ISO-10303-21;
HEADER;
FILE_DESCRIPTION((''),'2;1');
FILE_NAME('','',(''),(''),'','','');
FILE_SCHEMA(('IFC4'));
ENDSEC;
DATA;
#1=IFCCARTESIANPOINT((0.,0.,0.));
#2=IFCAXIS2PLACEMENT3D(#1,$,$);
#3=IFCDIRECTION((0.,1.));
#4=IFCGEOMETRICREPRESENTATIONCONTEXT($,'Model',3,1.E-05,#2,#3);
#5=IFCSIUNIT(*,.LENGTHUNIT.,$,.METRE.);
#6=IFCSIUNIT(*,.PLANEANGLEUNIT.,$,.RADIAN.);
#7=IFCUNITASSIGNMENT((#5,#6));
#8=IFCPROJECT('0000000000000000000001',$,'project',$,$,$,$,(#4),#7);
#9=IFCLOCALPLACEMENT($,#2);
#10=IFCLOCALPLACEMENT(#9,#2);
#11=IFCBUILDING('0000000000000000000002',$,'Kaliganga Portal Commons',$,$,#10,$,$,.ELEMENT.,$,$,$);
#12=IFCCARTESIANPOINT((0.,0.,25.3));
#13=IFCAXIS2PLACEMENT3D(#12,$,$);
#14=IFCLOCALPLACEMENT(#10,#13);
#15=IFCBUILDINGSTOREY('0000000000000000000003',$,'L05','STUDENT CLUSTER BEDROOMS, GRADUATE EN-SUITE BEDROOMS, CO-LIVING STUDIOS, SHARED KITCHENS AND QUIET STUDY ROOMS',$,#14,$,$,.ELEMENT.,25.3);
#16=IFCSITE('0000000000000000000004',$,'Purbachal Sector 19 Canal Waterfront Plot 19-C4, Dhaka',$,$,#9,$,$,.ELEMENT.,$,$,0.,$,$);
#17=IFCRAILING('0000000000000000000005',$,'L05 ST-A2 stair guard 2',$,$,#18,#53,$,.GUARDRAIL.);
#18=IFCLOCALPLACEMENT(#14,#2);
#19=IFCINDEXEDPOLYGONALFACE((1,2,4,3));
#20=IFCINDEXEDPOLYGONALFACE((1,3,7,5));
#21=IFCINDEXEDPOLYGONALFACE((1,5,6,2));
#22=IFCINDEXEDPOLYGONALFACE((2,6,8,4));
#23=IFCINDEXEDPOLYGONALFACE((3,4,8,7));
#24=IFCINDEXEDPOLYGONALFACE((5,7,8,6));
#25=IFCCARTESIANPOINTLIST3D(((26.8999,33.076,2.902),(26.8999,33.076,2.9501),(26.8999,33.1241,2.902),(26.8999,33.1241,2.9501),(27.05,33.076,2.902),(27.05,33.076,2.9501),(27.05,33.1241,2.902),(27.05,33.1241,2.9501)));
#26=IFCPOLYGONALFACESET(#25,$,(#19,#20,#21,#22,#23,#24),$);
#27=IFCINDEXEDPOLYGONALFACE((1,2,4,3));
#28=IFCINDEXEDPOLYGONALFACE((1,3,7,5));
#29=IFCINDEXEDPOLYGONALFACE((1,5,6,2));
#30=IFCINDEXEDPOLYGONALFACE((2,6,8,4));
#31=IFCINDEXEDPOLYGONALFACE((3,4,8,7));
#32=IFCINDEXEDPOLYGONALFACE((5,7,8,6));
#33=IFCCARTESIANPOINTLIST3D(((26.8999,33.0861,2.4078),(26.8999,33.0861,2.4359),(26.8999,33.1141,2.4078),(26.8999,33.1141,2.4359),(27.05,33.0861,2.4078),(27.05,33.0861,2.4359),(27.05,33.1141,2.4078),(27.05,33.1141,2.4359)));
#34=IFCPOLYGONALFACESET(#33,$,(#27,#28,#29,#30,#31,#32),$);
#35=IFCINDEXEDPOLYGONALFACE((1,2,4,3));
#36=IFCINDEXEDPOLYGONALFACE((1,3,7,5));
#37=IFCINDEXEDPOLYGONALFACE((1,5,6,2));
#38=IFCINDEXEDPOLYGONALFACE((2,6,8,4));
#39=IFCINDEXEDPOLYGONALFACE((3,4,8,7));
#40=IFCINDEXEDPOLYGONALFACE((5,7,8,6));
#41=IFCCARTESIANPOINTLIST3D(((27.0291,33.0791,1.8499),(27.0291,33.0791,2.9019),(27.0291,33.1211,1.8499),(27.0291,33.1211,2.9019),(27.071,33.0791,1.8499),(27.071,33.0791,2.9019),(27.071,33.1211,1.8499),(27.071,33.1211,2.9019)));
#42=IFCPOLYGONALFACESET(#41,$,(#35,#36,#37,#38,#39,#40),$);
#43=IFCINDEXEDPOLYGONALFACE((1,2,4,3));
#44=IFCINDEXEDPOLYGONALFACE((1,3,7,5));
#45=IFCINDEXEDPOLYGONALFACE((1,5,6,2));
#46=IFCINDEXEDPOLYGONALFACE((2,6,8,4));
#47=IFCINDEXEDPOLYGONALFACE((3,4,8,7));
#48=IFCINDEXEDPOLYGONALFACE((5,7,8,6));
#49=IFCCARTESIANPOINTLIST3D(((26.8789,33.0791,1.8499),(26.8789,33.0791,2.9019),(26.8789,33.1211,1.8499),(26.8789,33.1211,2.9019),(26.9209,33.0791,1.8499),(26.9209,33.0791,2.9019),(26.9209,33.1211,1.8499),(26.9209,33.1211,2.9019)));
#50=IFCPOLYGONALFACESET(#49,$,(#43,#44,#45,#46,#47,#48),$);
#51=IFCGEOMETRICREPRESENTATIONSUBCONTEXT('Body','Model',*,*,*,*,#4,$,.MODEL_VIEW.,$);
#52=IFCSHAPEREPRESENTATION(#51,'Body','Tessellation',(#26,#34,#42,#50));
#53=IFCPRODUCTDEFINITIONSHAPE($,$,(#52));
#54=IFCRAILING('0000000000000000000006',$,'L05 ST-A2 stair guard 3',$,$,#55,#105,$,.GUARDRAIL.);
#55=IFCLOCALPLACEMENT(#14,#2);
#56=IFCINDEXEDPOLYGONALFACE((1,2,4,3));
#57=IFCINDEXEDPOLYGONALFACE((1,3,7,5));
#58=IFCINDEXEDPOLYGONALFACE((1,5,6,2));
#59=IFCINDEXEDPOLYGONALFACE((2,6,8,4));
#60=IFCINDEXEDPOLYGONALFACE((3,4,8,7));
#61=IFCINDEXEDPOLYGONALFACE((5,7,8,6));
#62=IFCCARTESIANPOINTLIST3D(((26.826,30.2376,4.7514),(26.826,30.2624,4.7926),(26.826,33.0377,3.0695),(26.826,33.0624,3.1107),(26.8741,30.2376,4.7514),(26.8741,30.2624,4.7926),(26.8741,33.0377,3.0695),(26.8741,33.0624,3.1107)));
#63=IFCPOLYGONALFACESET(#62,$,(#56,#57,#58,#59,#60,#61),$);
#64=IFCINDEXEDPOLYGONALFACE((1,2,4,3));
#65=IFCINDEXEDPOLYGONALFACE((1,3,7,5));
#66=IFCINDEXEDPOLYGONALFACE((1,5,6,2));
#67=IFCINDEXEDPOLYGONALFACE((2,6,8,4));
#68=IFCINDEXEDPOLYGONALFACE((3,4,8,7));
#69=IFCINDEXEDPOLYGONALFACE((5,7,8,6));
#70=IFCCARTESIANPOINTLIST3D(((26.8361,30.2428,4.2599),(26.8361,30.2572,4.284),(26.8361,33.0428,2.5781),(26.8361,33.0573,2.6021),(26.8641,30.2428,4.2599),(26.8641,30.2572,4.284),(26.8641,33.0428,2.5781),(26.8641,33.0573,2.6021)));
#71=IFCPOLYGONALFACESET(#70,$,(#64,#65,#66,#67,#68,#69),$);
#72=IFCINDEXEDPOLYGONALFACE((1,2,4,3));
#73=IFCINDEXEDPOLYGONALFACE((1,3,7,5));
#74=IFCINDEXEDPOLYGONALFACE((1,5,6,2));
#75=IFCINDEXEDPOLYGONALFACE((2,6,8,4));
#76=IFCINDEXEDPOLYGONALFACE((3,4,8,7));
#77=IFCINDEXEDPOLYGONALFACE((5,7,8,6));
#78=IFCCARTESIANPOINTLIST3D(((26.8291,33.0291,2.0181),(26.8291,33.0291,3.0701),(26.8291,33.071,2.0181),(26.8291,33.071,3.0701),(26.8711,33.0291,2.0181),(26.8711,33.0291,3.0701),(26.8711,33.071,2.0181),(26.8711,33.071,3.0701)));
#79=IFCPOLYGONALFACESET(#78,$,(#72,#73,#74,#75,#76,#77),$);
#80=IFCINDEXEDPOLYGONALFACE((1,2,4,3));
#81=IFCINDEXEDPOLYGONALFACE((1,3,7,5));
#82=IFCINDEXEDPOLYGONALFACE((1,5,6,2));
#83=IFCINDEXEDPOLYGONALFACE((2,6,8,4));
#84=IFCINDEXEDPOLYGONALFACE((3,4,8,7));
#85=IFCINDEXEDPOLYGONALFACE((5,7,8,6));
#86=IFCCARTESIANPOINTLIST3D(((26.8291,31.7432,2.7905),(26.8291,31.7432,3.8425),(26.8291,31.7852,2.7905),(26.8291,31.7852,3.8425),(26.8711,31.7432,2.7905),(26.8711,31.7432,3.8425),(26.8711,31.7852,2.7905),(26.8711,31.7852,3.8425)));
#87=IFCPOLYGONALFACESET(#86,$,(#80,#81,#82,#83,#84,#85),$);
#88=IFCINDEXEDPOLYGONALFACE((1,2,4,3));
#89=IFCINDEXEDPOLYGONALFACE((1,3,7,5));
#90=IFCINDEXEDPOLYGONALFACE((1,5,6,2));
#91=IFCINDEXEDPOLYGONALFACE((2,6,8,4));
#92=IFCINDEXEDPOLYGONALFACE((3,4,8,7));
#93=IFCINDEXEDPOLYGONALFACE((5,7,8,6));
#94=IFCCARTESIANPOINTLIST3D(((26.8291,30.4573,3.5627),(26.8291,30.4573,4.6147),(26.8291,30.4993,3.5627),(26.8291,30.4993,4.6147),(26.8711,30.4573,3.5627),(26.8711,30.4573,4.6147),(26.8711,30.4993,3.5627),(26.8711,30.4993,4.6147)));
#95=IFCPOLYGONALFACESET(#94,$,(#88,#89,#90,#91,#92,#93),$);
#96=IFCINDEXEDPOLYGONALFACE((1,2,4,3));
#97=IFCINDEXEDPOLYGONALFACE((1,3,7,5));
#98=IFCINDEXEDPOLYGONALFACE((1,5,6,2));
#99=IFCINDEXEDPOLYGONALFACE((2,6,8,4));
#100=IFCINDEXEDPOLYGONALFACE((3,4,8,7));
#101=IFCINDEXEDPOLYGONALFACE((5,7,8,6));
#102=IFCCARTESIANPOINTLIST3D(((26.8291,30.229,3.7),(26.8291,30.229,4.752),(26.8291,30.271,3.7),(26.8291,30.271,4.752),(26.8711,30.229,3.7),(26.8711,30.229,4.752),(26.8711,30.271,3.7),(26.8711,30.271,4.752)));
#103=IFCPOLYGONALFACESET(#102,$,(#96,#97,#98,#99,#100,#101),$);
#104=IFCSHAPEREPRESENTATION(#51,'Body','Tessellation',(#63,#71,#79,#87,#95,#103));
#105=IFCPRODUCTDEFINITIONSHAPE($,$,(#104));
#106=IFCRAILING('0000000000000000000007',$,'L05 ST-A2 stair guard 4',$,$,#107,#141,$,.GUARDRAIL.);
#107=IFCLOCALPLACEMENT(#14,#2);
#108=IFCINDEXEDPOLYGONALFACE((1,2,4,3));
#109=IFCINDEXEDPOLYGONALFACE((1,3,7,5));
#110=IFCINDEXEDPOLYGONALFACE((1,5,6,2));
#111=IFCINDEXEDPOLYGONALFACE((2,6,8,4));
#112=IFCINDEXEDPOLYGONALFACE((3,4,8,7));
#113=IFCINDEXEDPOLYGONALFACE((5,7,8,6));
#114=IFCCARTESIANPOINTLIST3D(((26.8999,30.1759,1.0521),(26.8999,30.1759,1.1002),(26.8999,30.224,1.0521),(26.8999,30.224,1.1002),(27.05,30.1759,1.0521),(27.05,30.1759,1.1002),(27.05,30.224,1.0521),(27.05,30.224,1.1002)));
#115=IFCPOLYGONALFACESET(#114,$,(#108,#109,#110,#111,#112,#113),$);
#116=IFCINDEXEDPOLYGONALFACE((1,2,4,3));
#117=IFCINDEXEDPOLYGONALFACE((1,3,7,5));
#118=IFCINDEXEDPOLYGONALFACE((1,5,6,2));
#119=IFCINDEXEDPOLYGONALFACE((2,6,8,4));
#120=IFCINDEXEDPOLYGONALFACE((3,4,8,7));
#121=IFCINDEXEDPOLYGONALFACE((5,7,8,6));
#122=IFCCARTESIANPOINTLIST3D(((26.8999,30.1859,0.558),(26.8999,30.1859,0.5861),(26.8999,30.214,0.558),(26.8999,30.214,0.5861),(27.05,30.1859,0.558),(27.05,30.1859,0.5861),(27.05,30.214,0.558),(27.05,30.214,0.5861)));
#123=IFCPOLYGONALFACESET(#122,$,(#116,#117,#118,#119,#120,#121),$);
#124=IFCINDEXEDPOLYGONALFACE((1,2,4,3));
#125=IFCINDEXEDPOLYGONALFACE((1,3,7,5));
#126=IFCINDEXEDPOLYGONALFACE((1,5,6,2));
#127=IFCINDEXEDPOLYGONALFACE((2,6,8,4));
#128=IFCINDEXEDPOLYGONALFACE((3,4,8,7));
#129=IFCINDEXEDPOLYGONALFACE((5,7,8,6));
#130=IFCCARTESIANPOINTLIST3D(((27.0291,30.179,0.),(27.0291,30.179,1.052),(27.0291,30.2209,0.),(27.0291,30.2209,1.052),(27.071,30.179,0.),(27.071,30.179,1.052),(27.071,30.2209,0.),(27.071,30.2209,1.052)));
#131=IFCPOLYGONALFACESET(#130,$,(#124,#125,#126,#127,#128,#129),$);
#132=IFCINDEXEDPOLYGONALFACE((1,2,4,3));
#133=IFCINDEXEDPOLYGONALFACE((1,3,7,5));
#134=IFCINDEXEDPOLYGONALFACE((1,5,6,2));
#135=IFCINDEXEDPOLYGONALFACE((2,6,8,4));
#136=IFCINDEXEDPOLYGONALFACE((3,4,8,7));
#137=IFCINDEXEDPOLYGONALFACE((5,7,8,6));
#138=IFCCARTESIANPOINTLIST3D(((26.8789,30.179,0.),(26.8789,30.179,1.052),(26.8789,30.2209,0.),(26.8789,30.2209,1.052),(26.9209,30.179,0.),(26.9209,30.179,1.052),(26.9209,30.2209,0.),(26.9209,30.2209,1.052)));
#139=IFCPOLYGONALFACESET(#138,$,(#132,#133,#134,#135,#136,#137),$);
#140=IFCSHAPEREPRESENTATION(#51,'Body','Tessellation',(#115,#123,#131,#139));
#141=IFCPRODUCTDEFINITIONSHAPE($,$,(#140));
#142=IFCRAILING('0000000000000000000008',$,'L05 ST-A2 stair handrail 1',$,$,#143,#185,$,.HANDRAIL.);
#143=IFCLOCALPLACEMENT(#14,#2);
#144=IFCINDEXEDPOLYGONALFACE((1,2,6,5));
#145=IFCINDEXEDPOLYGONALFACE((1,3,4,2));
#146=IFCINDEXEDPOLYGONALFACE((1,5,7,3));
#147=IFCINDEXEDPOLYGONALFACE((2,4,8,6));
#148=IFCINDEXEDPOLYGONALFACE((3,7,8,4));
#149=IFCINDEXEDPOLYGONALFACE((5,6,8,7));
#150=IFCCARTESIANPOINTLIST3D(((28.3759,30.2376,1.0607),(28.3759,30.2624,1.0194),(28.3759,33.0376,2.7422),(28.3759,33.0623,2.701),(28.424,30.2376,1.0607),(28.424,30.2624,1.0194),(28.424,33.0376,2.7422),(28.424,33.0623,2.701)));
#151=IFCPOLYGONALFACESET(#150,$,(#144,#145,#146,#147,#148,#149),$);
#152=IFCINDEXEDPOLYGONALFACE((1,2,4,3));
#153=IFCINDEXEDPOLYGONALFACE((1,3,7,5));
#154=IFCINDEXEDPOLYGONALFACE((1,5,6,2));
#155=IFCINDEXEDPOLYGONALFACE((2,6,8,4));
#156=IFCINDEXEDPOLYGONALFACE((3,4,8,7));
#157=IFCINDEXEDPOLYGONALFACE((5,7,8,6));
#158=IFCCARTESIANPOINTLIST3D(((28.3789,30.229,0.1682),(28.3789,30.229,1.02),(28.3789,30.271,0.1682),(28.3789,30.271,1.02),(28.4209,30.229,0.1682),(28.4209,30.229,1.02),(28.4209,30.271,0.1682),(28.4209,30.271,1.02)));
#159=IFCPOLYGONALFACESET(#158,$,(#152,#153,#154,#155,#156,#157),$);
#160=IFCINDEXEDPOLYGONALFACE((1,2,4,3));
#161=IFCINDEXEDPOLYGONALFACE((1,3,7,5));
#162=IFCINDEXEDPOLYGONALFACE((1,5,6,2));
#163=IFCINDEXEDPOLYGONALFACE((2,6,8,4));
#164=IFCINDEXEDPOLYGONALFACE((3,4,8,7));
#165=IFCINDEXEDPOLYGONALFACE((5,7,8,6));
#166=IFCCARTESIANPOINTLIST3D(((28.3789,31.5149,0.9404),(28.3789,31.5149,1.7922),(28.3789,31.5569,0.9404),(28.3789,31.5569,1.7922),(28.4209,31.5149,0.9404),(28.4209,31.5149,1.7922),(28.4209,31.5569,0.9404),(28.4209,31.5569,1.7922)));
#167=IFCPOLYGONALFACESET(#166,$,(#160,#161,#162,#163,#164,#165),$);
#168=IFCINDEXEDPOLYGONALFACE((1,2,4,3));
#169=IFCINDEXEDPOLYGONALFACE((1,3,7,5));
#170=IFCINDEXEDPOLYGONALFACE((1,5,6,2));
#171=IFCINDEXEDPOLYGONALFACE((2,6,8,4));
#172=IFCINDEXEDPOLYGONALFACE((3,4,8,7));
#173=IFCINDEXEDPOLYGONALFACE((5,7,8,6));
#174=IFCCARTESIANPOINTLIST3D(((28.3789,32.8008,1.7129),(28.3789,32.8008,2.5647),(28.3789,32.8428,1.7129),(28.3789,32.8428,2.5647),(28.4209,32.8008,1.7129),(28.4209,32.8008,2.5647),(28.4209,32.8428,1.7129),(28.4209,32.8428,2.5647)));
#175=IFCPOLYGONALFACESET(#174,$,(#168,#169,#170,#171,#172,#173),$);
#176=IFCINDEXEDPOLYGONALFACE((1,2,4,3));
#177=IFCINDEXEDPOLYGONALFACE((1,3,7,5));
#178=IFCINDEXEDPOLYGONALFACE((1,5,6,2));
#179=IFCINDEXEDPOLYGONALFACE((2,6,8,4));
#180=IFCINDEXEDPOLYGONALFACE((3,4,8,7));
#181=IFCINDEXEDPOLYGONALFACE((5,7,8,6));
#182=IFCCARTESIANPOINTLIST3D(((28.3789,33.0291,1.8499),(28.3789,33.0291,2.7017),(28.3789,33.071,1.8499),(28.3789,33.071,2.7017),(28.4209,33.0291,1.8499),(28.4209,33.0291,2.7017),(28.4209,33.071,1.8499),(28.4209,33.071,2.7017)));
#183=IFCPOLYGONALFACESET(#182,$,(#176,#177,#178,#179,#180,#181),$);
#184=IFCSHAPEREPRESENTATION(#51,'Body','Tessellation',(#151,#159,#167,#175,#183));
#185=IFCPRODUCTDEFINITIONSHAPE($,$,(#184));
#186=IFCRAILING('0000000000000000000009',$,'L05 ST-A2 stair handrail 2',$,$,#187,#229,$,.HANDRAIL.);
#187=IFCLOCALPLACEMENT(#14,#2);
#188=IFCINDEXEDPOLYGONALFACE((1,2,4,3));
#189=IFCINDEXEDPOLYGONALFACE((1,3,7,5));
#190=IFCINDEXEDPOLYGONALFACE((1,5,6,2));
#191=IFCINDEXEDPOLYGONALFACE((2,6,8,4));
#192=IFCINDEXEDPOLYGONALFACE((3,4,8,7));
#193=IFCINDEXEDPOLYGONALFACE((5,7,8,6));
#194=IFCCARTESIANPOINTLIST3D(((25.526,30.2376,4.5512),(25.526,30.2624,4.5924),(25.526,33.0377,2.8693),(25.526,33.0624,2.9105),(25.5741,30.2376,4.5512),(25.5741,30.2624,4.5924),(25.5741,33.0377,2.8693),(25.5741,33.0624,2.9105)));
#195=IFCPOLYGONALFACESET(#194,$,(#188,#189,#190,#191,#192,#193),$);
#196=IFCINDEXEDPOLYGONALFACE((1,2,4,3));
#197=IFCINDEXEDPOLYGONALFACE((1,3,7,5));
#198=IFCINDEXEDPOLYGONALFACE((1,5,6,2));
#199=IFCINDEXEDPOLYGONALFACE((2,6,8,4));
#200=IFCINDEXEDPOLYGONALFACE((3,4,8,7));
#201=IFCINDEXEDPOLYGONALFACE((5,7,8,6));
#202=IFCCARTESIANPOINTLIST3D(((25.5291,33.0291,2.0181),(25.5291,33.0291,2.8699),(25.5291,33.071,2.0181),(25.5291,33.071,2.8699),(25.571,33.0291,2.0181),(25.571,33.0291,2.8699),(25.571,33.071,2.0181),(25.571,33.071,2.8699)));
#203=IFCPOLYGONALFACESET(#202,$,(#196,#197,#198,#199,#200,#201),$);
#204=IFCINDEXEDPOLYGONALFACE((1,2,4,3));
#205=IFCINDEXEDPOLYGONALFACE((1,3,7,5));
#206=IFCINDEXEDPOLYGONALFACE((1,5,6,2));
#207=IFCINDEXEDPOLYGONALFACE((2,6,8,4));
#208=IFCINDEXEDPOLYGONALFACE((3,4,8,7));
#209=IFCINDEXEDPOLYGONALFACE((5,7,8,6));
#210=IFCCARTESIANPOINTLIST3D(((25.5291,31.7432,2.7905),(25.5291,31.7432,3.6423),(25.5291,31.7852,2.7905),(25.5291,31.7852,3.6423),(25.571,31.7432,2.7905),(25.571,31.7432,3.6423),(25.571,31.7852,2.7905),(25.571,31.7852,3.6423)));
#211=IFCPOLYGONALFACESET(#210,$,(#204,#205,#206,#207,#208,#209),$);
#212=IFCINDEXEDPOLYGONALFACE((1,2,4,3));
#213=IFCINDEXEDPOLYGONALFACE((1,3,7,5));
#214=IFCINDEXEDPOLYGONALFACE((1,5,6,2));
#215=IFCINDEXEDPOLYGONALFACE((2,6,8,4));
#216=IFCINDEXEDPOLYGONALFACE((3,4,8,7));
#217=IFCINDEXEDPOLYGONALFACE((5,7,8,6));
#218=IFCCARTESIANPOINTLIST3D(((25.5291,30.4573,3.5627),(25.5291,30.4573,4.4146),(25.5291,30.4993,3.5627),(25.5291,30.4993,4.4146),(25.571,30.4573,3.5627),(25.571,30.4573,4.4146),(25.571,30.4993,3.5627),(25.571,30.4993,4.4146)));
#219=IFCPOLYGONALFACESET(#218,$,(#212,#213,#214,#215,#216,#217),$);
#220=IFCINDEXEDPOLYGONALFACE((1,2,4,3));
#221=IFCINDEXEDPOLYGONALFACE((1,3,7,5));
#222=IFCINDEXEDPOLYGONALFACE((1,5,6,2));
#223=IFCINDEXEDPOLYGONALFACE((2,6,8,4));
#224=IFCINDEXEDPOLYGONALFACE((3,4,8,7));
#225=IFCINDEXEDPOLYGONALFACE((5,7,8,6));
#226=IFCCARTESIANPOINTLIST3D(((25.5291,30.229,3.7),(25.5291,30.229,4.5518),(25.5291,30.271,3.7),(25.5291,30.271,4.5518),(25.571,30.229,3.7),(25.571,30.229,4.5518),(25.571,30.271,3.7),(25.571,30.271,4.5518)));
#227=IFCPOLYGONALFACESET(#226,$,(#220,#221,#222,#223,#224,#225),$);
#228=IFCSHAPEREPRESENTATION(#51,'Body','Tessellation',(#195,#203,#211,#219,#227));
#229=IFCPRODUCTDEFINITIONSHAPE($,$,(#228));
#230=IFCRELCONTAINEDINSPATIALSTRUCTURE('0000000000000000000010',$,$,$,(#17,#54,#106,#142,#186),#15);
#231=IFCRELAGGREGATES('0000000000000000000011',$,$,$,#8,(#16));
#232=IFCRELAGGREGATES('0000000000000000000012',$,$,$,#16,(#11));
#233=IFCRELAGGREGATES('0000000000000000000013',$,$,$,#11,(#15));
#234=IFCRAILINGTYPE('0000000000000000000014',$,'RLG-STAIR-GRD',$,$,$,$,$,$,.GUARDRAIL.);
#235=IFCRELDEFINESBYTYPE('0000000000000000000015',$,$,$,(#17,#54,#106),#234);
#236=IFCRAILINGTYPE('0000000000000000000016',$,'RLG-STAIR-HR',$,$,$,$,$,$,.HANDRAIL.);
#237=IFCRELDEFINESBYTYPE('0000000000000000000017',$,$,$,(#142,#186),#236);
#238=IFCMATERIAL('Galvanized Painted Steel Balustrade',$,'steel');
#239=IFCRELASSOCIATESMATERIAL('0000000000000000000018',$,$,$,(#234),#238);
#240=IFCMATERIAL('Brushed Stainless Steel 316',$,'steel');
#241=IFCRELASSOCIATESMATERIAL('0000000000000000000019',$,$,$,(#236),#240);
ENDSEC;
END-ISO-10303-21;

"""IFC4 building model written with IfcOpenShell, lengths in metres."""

from ifc_helpers import new_model, si_unit, direction, frame, origin, origin_2d, place, context, subcontext, project, spatial, rectangle, extrude, material, type_object, element, save


model = new_model("IFC4")

# Units and contexts
model_context = context("Model", 3, precision=1e-05, world=origin(), true_north=direction((0.0, 1.0)))
body_context = subcontext(model_context, "Body", "Model", "MODEL_VIEW")
ifc_project = project(units=[si_unit("LENGTHUNIT", "METRE"), si_unit("PLANEANGLEUNIT", "RADIAN")], contexts=[model_context])

# Site, building, storey
site_placement = place(None, origin())
site = spatial("IfcSite", under=ifc_project, at=site_placement, Name="Purbachal Sector 19 Canal Waterfront Plot 19-C4, Dhaka", CompositionType="ELEMENT", RefElevation=0.0)
building_placement = place(site_placement, origin())
building = spatial("IfcBuilding", under=site, at=building_placement, Name="Kaliganga Portal Commons", CompositionType="ELEMENT")
storey_placement = place(building_placement, frame((0.0, 0.0, 25.3)))
storey = spatial("IfcBuildingStorey", under=building, at=storey_placement, Name="L05", Description="STUDENT CLUSTER BEDROOMS, GRADUATE EN-SUITE BEDROOMS, CO-LIVING STUDIOS, SHARED KITCHENS AND QUIET STUDY ROOMS", CompositionType="ELEMENT", Elevation=25.3)

# Railings
ifc_material_1 = material(Name="Galvanized Painted Steel Balustrade", Category="steel")
railing_type_1 = type_object("IfcRailingType", Name="RLG-STAIR-GRD", PredefinedType="GUARDRAIL", material=ifc_material_1)
railing_1_placement = place(storey_placement, frame((27.05, 33.1001, 1.8499)))
element("IfcRailing", 1, at=railing_1_placement, inside=storey, type_object=railing_type_1, Name="L05 ST-A2 stair guard 2", PredefinedType="GUARDRAIL", context=body_context, shape_type="SweptSolid", body=[
    extrude(rectangle(XDim=0.0481, YDim=0.0481, at=origin_2d()), frame((0.0, 0.0, 1.0762), z_axis=(-1.0, 0.0, 0.0), x_axis=(0.0, -1.0, 0.0)), (0.0, 0.0, 1.0), 0.1501),
    extrude(rectangle(XDim=0.0281, YDim=0.0281, at=origin_2d()), frame((0.0, 0.0, 0.572), z_axis=(-1.0, 0.0, 0.0), x_axis=(0.0, -1.0, 0.0)), (0.0, 0.0, 1.0), 0.1501),
    extrude(rectangle(XDim=0.042, YDim=0.042, at=origin_2d()), origin(), (0.0, 0.0, 1.0), 1.052),
    extrude(rectangle(XDim=0.042, YDim=0.042, at=origin_2d()), frame((-0.1501, 0.0, 0.0)), (0.0, 0.0, 1.0), 1.052),
])
railing_2_placement = place(storey_placement, frame((26.8501, 33.05, 2.0181)))
element("IfcRailing", 2, at=railing_2_placement, inside=storey, type_object=railing_type_1, Name="L05 ST-A2 stair guard 3", PredefinedType="GUARDRAIL", context=body_context, shape_type="SweptSolid", body=[
    extrude(rectangle(XDim=0.0481, YDim=0.0481, at=origin_2d()), frame((0.0, 0.0, 1.072), z_axis=(0.0, -0.857242, 0.514913), x_axis=(1.0, 0.0, 0.0)), (0.0, 0.0, 1.0), 3.2664),
    extrude(rectangle(XDim=0.0281, YDim=0.0281, at=origin_2d()), frame((0.0, 0.0, 0.572), z_axis=(0.0, -0.857242, 0.514913), x_axis=(1.0, 0.0, 0.0)), (0.0, 0.0, 1.0), 3.2664),
    extrude(rectangle(XDim=0.042, YDim=0.042, at=origin_2d()), origin(), (0.0, 0.0, 1.0), 1.052),
    extrude(rectangle(XDim=0.042, YDim=0.042, at=origin_2d()), frame((0.0, -1.2859, 0.7725)), (0.0, 0.0, 1.0), 1.052),
    extrude(rectangle(XDim=0.042, YDim=0.042, at=origin_2d()), frame((0.0, -2.5718, 1.5447)), (0.0, 0.0, 1.0), 1.052),
    extrude(rectangle(XDim=0.042, YDim=0.042, at=origin_2d()), frame((0.0, -2.8, 1.6819)), (0.0, 0.0, 1.0), 1.052),
])
railing_3_placement = place(storey_placement, frame((27.05, 30.2, 0.0)))
element("IfcRailing", 3, at=railing_3_placement, inside=storey, type_object=railing_type_1, Name="L05 ST-A2 stair guard 4", PredefinedType="GUARDRAIL", context=body_context, shape_type="SweptSolid", body=[
    extrude(rectangle(XDim=0.0481, YDim=0.0481, at=origin_2d()), frame((0.0, 0.0, 1.0762), z_axis=(-1.0, 0.0, 0.0), x_axis=(0.0, -1.0, 0.0)), (0.0, 0.0, 1.0), 0.1501),
    extrude(rectangle(XDim=0.0281, YDim=0.0281, at=origin_2d()), frame((0.0, 0.0, 0.572), z_axis=(-1.0, 0.0, 0.0), x_axis=(0.0, -1.0, 0.0)), (0.0, 0.0, 1.0), 0.1501),
    extrude(rectangle(XDim=0.042, YDim=0.042, at=origin_2d()), origin(), (0.0, 0.0, 1.0), 1.052),
    extrude(rectangle(XDim=0.042, YDim=0.042, at=origin_2d()), frame((-0.1501, 0.0, 0.0)), (0.0, 0.0, 1.0), 1.052),
])
ifc_material_2 = material(Name="Brushed Stainless Steel 316", Category="steel")
railing_type_2 = type_object("IfcRailingType", Name="RLG-STAIR-HR", PredefinedType="HANDRAIL", material=ifc_material_2)
railing_4_placement = place(storey_placement, frame((28.3999, 30.25, 0.1682)))
element("IfcRailing", 4, at=railing_4_placement, inside=storey, type_object=railing_type_2, Name="L05 ST-A2 stair handrail 1", PredefinedType="HANDRAIL", context=body_context, shape_type="SweptSolid", body=[
    extrude(rectangle(XDim=0.0481, YDim=0.0481, at=origin_2d()), frame((0.0, 0.0, 0.8718), z_axis=(0.0, 0.857275, 0.514858), x_axis=(-1.0, 0.0, 0.0)), (0.0, 0.0, 1.0), 3.2661),
    extrude(rectangle(XDim=0.042, YDim=0.042, at=origin_2d()), origin(), (0.0, 0.0, 1.0), 0.8518),
    extrude(rectangle(XDim=0.042, YDim=0.042, at=origin_2d()), frame((0.0, 1.2859, 0.7722)), (0.0, 0.0, 1.0), 0.8518),
    extrude(rectangle(XDim=0.042, YDim=0.042, at=origin_2d()), frame((0.0, 2.5718, 1.5447)), (0.0, 0.0, 1.0), 0.8518),
    extrude(rectangle(XDim=0.042, YDim=0.042, at=origin_2d()), frame((0.0, 2.8, 1.6816)), (0.0, 0.0, 1.0), 0.8518),
])
railing_5_placement = place(storey_placement, frame((25.55, 33.05, 2.0181)))
element("IfcRailing", 5, at=railing_5_placement, inside=storey, type_object=railing_type_2, Name="L05 ST-A2 stair handrail 2", PredefinedType="HANDRAIL", context=body_context, shape_type="SweptSolid", body=[
    extrude(rectangle(XDim=0.0481, YDim=0.0481, at=origin_2d()), frame((0.0, 0.0, 0.8718), z_axis=(0.0, -0.857242, 0.514913), x_axis=(1.0, 0.0, 0.0)), (0.0, 0.0, 1.0), 3.2664),
    extrude(rectangle(XDim=0.042, YDim=0.042, at=origin_2d()), origin(), (0.0, 0.0, 1.0), 0.8518),
    extrude(rectangle(XDim=0.042, YDim=0.042, at=origin_2d()), frame((0.0, -1.2859, 0.7725)), (0.0, 0.0, 1.0), 0.8518),
    extrude(rectangle(XDim=0.042, YDim=0.042, at=origin_2d()), frame((0.0, -2.5718, 1.5447)), (0.0, 0.0, 1.0), 0.8518),
    extrude(rectangle(XDim=0.042, YDim=0.042, at=origin_2d()), frame((0.0, -2.8, 1.6819)), (0.0, 0.0, 1.0), 0.8518),
])

save(model, "model.ifc")
